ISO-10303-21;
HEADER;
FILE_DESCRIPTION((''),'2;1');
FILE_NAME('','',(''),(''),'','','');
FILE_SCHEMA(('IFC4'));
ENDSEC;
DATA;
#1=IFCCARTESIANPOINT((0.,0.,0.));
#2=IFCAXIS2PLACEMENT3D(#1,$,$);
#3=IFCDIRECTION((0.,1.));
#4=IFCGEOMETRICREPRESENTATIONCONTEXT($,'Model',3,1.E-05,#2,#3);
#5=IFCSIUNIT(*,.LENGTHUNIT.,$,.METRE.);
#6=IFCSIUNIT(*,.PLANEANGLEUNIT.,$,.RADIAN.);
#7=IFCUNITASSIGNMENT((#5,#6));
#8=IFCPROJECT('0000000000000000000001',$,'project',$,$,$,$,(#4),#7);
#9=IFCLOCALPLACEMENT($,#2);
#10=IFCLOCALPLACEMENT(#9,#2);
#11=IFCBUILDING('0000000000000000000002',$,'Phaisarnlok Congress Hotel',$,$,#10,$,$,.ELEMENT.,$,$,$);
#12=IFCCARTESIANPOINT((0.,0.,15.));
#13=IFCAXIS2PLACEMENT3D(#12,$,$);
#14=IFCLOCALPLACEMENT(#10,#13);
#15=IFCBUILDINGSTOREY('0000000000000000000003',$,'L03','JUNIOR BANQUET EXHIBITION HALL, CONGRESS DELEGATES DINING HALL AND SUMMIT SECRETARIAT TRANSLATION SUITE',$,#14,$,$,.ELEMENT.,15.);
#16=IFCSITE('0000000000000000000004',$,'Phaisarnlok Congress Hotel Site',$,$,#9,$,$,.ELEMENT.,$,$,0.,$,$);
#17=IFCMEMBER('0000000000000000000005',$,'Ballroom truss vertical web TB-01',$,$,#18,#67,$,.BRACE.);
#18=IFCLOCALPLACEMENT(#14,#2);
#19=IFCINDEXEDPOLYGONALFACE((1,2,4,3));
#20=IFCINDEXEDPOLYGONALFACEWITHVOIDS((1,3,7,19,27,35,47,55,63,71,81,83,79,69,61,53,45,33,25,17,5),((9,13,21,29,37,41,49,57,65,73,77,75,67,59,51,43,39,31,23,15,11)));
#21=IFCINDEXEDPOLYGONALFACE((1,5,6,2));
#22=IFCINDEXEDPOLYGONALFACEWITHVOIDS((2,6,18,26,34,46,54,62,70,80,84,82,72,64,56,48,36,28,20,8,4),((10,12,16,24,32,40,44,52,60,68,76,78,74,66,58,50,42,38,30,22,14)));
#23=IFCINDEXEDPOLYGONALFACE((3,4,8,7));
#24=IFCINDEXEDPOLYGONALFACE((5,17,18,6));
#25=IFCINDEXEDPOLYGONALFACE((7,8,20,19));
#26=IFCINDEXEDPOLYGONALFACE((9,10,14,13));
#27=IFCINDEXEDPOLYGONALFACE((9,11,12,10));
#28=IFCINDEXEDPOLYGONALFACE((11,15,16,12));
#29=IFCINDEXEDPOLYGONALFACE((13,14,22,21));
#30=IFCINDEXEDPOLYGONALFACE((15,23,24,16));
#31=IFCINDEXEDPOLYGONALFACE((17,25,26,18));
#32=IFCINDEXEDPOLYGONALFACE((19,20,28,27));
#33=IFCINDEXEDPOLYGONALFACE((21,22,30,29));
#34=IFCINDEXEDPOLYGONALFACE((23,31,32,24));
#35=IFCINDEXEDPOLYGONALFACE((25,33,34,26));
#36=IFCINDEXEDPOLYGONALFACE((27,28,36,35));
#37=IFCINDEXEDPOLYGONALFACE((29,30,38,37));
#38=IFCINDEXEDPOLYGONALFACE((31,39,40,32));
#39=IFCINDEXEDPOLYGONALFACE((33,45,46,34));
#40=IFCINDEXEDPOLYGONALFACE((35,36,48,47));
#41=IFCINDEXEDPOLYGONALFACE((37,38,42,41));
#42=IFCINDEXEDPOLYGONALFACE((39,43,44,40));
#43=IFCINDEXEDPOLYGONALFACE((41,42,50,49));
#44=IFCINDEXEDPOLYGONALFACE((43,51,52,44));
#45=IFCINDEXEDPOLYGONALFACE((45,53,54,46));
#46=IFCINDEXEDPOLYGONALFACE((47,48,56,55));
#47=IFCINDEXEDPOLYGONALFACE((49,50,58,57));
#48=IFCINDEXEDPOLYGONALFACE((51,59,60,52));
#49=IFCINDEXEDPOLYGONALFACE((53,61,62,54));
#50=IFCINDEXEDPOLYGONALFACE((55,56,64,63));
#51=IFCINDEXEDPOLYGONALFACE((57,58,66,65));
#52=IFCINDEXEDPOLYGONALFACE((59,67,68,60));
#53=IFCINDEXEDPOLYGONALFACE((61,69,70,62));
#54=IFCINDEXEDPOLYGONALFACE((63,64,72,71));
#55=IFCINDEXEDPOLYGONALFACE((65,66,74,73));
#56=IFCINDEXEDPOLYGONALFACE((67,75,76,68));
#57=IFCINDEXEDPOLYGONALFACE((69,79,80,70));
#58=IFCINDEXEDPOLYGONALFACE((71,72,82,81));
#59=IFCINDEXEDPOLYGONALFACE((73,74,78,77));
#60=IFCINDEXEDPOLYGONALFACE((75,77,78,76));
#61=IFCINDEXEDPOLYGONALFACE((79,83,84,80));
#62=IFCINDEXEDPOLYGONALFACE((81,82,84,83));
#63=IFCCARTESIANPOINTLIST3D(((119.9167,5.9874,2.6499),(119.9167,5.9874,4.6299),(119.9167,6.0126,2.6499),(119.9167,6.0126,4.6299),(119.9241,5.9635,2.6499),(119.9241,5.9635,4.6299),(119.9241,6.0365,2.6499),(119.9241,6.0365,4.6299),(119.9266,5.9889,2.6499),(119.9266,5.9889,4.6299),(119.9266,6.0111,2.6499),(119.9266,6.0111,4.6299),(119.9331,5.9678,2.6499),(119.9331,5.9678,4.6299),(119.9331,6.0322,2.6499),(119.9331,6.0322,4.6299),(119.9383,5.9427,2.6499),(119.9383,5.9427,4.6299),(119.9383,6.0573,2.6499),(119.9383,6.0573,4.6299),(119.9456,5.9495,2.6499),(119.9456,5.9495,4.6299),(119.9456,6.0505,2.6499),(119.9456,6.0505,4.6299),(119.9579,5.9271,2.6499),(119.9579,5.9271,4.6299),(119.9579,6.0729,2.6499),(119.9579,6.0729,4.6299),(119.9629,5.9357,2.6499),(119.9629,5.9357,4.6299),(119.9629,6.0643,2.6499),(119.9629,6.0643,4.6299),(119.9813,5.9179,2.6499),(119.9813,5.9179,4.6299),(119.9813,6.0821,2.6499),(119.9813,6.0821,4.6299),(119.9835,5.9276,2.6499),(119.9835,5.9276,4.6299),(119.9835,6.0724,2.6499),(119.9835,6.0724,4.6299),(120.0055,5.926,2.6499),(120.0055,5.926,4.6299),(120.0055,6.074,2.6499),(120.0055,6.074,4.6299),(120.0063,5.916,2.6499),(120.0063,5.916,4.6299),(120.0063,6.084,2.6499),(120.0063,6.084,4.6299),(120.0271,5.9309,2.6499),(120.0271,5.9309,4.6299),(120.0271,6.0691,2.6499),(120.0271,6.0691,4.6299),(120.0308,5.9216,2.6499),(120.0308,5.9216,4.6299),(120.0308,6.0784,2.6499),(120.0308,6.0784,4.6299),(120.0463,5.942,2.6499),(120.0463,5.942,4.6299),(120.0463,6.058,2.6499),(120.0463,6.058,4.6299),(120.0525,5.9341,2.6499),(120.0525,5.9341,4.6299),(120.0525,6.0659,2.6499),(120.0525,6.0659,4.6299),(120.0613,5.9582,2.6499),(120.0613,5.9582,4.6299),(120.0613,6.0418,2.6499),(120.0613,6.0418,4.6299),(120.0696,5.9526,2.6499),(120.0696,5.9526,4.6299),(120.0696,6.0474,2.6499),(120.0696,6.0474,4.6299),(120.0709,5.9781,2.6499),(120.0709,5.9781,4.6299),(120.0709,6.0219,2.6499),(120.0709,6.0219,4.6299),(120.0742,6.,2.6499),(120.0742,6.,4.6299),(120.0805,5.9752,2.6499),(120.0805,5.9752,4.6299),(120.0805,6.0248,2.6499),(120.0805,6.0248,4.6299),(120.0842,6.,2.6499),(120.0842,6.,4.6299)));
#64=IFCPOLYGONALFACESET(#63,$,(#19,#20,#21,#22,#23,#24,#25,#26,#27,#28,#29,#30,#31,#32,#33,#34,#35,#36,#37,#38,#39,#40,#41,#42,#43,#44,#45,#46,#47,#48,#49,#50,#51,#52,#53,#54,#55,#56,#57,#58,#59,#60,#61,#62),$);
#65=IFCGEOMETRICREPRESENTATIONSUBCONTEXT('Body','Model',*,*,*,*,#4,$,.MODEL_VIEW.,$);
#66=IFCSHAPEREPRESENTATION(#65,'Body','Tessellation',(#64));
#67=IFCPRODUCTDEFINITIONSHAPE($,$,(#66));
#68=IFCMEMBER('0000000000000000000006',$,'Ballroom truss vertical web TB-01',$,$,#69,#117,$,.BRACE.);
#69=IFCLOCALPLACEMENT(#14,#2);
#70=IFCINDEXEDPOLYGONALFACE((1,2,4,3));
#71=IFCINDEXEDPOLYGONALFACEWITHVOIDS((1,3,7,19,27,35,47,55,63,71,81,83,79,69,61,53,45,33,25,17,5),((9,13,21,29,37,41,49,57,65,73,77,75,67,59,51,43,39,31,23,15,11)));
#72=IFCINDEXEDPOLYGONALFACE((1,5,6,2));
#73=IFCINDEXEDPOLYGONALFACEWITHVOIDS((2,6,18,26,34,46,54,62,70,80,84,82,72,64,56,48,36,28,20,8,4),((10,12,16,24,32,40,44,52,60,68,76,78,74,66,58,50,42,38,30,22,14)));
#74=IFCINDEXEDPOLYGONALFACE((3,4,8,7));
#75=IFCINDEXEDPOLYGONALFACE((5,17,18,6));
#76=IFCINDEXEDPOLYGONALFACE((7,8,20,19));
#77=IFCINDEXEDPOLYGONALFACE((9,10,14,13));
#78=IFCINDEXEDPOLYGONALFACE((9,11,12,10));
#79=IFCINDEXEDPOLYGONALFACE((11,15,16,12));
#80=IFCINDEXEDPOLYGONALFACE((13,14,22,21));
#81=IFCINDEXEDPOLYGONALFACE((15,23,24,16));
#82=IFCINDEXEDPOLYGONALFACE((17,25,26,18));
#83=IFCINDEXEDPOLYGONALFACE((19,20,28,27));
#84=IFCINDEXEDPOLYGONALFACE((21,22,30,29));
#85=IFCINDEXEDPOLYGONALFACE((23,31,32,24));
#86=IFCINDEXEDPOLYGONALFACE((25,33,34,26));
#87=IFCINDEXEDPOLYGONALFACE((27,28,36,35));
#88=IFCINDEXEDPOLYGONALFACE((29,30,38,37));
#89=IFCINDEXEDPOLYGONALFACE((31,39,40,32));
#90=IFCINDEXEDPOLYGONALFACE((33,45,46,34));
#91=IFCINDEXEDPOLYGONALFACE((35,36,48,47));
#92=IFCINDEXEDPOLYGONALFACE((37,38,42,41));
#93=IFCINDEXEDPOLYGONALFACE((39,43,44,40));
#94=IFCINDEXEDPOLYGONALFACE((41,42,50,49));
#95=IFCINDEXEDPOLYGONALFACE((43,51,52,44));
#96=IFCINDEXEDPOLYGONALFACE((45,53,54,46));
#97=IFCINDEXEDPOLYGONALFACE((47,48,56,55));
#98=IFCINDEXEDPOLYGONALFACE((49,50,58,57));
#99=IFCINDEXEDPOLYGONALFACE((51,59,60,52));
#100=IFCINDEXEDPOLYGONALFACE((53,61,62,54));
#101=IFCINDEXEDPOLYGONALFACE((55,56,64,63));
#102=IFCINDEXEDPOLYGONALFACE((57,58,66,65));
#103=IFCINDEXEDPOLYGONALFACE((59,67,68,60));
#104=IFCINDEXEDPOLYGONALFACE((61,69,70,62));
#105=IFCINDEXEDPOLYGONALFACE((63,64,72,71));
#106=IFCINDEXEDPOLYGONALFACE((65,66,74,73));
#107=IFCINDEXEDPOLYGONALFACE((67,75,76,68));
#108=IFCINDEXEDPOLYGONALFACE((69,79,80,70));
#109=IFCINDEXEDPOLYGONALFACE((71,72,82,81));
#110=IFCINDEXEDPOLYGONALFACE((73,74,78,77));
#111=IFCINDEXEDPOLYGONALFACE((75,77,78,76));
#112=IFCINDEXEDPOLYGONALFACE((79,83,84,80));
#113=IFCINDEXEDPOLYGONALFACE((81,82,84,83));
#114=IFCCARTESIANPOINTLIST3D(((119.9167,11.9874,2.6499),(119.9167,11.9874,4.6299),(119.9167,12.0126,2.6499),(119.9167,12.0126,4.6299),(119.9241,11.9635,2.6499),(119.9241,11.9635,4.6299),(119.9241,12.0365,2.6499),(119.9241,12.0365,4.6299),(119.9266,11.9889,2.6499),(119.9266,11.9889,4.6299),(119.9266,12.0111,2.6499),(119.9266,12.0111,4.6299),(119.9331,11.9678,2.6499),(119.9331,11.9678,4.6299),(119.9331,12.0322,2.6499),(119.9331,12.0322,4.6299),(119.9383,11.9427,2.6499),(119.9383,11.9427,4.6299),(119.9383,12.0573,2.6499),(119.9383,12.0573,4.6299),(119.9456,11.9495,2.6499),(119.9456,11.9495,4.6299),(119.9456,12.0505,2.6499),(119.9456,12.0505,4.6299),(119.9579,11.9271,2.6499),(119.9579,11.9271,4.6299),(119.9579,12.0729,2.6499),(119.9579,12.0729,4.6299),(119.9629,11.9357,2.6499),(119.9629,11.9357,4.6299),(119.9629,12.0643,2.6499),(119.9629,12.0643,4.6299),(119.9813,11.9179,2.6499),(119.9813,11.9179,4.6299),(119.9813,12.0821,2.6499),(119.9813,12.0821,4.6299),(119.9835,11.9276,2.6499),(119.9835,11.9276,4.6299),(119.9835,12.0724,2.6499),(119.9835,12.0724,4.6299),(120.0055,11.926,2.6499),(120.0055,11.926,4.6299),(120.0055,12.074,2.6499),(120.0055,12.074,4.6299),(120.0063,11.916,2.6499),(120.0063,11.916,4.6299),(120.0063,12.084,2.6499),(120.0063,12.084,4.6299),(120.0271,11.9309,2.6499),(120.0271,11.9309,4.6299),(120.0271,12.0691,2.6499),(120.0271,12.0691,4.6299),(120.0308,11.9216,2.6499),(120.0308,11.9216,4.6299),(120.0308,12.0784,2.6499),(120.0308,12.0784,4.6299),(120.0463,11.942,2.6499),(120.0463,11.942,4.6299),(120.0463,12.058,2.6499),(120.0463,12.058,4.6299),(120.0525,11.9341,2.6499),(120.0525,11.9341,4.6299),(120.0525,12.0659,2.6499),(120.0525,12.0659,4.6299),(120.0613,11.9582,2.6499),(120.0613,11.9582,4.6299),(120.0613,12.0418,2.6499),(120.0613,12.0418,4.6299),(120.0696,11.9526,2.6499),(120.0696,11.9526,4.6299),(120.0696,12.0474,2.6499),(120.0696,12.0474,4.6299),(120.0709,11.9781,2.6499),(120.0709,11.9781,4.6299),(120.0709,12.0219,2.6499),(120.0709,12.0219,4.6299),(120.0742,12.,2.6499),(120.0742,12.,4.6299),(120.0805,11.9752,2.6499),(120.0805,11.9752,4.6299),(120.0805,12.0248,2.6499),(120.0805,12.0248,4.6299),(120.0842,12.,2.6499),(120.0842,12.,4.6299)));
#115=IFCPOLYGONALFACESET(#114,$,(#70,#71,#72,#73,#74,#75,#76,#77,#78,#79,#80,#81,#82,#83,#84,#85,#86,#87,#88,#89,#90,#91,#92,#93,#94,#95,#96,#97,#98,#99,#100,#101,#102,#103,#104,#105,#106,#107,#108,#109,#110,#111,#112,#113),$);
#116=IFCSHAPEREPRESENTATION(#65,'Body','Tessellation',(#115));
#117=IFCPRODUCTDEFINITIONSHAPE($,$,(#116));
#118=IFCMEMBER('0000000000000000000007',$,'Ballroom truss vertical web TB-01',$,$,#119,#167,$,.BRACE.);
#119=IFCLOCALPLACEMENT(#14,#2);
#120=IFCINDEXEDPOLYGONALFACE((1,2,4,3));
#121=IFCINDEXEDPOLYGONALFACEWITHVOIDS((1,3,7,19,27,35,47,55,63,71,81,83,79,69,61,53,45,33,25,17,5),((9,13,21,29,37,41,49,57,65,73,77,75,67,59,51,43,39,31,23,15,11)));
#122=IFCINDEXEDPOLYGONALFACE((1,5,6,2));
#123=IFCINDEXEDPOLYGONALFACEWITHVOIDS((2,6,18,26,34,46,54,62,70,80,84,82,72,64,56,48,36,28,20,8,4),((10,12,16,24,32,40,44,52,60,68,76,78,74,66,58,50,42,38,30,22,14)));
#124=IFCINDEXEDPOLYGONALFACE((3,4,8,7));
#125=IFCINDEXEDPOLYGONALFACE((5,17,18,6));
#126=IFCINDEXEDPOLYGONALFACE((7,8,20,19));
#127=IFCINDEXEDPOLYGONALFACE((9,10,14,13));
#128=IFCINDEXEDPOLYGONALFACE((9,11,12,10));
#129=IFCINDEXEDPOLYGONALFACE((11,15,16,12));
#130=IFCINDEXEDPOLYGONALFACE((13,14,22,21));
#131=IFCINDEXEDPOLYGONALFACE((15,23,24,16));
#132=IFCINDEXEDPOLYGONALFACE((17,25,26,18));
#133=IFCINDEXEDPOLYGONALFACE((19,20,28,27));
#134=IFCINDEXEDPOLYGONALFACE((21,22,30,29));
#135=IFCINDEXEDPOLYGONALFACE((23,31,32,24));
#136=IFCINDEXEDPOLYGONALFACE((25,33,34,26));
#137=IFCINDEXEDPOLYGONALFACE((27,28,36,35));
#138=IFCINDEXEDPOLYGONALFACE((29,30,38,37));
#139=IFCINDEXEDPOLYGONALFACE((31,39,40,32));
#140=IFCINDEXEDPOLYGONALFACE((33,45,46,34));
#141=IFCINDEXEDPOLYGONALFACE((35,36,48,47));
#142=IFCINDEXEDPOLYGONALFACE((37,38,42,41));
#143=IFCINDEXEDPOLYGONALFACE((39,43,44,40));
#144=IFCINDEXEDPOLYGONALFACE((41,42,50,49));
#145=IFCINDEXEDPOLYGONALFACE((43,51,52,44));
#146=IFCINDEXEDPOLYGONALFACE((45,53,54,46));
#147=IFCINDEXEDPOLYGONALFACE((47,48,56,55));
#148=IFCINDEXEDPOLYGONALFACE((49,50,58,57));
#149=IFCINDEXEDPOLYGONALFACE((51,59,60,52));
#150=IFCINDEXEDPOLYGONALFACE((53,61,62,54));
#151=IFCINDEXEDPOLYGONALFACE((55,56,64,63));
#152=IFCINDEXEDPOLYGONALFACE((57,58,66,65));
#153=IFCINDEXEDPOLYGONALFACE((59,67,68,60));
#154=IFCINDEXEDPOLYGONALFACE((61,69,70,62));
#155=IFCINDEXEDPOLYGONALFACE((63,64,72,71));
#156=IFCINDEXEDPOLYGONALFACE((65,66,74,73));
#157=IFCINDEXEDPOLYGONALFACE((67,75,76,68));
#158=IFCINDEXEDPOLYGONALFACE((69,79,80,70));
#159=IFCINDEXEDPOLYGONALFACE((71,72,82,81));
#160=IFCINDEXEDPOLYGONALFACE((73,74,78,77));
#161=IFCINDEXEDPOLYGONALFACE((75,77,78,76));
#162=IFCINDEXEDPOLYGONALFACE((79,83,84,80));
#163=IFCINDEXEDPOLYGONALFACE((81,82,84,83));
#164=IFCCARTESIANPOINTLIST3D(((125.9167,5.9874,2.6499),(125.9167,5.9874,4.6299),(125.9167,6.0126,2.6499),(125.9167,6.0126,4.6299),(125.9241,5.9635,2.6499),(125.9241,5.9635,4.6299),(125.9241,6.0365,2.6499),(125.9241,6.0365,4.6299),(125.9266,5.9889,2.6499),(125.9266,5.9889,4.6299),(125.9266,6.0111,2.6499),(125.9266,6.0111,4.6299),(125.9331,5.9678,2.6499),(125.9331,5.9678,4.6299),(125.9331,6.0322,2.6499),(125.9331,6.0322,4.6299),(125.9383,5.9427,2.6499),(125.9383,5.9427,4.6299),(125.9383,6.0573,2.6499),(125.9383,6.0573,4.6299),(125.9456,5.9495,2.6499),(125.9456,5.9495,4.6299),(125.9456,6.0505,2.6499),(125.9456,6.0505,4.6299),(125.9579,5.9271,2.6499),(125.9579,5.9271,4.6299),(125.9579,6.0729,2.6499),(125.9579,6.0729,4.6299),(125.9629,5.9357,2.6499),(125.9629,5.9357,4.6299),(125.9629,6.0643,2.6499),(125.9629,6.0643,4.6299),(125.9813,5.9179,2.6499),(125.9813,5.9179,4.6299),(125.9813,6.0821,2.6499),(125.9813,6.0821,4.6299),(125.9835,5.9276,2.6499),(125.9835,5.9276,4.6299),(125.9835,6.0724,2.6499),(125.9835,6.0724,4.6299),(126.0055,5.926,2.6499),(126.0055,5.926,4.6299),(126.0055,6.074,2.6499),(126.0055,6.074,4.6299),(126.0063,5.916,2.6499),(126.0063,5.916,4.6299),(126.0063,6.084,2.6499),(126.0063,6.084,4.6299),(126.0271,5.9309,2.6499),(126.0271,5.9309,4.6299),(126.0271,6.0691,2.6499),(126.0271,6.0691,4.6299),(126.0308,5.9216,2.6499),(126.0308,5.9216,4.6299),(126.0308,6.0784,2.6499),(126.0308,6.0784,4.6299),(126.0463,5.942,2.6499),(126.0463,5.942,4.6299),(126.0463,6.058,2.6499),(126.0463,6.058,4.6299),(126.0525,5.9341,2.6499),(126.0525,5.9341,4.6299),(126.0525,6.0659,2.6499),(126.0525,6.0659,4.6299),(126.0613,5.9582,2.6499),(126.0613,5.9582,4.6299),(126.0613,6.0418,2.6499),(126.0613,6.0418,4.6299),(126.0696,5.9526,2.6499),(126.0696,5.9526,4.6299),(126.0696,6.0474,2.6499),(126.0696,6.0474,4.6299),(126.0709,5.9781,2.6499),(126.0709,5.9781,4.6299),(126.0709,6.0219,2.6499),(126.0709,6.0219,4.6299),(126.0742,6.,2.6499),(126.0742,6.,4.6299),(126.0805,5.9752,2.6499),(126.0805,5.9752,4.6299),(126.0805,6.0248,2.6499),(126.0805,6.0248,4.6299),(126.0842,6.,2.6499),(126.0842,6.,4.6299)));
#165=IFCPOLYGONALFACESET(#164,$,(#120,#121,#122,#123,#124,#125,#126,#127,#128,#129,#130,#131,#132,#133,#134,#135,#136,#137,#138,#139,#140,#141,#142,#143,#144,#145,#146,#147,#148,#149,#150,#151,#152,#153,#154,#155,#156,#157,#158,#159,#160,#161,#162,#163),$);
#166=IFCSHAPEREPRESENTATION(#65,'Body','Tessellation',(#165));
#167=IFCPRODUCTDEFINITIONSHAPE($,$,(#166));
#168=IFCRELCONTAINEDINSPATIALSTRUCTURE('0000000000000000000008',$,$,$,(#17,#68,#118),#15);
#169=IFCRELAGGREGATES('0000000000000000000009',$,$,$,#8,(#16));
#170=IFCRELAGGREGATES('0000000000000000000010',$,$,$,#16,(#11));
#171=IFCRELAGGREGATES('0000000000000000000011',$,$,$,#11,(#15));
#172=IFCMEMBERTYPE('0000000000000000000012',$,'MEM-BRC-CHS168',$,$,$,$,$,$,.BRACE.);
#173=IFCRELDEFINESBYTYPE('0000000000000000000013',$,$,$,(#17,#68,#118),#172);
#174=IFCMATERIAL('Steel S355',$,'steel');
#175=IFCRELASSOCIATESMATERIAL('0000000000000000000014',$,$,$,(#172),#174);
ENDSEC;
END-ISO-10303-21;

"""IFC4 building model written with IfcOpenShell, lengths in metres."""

from ifc_helpers import new_model, si_unit, direction, frame, origin, origin_2d, place, context, subcontext, project, spatial, hollow_circle, extrude, material, material_profile, profile_set, type_object, element, save


model = new_model("IFC4")

# Units and contexts
model_context = context("Model", 3, precision=1e-05, world=origin(), true_north=direction((0.0, 1.0)))
body_context = subcontext(model_context, "Body", "Model", "MODEL_VIEW")
ifc_project = project(units=[si_unit("LENGTHUNIT", "METRE"), si_unit("PLANEANGLEUNIT", "RADIAN")], contexts=[model_context])

# Site, building, storey
site_placement = place(None, origin())
site = spatial("IfcSite", under=ifc_project, at=site_placement, Name="Phaisarnlok Congress Hotel Site", CompositionType="ELEMENT", RefElevation=0.0)
building_placement = place(site_placement, origin())
building = spatial("IfcBuilding", under=site, at=building_placement, Name="Phaisarnlok Congress Hotel", CompositionType="ELEMENT")
storey_placement = place(building_placement, frame((0.0, 0.0, 15.0)))
storey = spatial("IfcBuildingStorey", under=building, at=storey_placement, Name="L03", Description="JUNIOR BANQUET EXHIBITION HALL, CONGRESS DELEGATES DINING HALL AND SUMMIT SECRETARIAT TRANSLATION SUITE", CompositionType="ELEMENT", Elevation=15.0)

# Members
ifc_material = material(Name="Steel S355", Category="steel")
ifc_material_profile_1 = material_profile(ifc_material, hollow_circle(Radius=0.0842, WallThickness=0.01, at=origin_2d()), Name="CHS 168.3x10")
ifc_profile_set_1 = profile_set([ifc_material_profile_1], Name="Steel S355")
member_type_1 = type_object("IfcMemberType", Name="MEM-BRC-CHS168", PredefinedType="BRACE", material=ifc_profile_set_1)
for number, where, z_axis, x_axis, name in (
    (1, (120.0, 6.0, 2.6499), (0.0, 0.0, 1.0), (1.0, 0.0, 0.0), "Ballroom truss vertical web TB-01"),
    (2, (120.0, 12.0, 2.6499), (0.0, 0.0, 1.0), (1.0, 0.0, 0.0), "Ballroom truss vertical web TB-01"),
    (3, (126.0, 6.0, 2.6499), (0.0, 0.0, 1.0), (1.0, 0.0, 0.0), "Ballroom truss vertical web TB-01"),
):
    element("IfcMember", number, at=place(storey_placement, frame(where, z_axis=z_axis, x_axis=x_axis)), inside=storey, type_object=member_type_1, Name=name, PredefinedType="BRACE", context=body_context, shape_type="SweptSolid", body=[
        extrude(hollow_circle(Radius=0.0842, WallThickness=0.01, at=origin_2d()), origin(), (0.0, 0.0, 1.0), 1.98),
    ])

save(model, "model.ifc")
